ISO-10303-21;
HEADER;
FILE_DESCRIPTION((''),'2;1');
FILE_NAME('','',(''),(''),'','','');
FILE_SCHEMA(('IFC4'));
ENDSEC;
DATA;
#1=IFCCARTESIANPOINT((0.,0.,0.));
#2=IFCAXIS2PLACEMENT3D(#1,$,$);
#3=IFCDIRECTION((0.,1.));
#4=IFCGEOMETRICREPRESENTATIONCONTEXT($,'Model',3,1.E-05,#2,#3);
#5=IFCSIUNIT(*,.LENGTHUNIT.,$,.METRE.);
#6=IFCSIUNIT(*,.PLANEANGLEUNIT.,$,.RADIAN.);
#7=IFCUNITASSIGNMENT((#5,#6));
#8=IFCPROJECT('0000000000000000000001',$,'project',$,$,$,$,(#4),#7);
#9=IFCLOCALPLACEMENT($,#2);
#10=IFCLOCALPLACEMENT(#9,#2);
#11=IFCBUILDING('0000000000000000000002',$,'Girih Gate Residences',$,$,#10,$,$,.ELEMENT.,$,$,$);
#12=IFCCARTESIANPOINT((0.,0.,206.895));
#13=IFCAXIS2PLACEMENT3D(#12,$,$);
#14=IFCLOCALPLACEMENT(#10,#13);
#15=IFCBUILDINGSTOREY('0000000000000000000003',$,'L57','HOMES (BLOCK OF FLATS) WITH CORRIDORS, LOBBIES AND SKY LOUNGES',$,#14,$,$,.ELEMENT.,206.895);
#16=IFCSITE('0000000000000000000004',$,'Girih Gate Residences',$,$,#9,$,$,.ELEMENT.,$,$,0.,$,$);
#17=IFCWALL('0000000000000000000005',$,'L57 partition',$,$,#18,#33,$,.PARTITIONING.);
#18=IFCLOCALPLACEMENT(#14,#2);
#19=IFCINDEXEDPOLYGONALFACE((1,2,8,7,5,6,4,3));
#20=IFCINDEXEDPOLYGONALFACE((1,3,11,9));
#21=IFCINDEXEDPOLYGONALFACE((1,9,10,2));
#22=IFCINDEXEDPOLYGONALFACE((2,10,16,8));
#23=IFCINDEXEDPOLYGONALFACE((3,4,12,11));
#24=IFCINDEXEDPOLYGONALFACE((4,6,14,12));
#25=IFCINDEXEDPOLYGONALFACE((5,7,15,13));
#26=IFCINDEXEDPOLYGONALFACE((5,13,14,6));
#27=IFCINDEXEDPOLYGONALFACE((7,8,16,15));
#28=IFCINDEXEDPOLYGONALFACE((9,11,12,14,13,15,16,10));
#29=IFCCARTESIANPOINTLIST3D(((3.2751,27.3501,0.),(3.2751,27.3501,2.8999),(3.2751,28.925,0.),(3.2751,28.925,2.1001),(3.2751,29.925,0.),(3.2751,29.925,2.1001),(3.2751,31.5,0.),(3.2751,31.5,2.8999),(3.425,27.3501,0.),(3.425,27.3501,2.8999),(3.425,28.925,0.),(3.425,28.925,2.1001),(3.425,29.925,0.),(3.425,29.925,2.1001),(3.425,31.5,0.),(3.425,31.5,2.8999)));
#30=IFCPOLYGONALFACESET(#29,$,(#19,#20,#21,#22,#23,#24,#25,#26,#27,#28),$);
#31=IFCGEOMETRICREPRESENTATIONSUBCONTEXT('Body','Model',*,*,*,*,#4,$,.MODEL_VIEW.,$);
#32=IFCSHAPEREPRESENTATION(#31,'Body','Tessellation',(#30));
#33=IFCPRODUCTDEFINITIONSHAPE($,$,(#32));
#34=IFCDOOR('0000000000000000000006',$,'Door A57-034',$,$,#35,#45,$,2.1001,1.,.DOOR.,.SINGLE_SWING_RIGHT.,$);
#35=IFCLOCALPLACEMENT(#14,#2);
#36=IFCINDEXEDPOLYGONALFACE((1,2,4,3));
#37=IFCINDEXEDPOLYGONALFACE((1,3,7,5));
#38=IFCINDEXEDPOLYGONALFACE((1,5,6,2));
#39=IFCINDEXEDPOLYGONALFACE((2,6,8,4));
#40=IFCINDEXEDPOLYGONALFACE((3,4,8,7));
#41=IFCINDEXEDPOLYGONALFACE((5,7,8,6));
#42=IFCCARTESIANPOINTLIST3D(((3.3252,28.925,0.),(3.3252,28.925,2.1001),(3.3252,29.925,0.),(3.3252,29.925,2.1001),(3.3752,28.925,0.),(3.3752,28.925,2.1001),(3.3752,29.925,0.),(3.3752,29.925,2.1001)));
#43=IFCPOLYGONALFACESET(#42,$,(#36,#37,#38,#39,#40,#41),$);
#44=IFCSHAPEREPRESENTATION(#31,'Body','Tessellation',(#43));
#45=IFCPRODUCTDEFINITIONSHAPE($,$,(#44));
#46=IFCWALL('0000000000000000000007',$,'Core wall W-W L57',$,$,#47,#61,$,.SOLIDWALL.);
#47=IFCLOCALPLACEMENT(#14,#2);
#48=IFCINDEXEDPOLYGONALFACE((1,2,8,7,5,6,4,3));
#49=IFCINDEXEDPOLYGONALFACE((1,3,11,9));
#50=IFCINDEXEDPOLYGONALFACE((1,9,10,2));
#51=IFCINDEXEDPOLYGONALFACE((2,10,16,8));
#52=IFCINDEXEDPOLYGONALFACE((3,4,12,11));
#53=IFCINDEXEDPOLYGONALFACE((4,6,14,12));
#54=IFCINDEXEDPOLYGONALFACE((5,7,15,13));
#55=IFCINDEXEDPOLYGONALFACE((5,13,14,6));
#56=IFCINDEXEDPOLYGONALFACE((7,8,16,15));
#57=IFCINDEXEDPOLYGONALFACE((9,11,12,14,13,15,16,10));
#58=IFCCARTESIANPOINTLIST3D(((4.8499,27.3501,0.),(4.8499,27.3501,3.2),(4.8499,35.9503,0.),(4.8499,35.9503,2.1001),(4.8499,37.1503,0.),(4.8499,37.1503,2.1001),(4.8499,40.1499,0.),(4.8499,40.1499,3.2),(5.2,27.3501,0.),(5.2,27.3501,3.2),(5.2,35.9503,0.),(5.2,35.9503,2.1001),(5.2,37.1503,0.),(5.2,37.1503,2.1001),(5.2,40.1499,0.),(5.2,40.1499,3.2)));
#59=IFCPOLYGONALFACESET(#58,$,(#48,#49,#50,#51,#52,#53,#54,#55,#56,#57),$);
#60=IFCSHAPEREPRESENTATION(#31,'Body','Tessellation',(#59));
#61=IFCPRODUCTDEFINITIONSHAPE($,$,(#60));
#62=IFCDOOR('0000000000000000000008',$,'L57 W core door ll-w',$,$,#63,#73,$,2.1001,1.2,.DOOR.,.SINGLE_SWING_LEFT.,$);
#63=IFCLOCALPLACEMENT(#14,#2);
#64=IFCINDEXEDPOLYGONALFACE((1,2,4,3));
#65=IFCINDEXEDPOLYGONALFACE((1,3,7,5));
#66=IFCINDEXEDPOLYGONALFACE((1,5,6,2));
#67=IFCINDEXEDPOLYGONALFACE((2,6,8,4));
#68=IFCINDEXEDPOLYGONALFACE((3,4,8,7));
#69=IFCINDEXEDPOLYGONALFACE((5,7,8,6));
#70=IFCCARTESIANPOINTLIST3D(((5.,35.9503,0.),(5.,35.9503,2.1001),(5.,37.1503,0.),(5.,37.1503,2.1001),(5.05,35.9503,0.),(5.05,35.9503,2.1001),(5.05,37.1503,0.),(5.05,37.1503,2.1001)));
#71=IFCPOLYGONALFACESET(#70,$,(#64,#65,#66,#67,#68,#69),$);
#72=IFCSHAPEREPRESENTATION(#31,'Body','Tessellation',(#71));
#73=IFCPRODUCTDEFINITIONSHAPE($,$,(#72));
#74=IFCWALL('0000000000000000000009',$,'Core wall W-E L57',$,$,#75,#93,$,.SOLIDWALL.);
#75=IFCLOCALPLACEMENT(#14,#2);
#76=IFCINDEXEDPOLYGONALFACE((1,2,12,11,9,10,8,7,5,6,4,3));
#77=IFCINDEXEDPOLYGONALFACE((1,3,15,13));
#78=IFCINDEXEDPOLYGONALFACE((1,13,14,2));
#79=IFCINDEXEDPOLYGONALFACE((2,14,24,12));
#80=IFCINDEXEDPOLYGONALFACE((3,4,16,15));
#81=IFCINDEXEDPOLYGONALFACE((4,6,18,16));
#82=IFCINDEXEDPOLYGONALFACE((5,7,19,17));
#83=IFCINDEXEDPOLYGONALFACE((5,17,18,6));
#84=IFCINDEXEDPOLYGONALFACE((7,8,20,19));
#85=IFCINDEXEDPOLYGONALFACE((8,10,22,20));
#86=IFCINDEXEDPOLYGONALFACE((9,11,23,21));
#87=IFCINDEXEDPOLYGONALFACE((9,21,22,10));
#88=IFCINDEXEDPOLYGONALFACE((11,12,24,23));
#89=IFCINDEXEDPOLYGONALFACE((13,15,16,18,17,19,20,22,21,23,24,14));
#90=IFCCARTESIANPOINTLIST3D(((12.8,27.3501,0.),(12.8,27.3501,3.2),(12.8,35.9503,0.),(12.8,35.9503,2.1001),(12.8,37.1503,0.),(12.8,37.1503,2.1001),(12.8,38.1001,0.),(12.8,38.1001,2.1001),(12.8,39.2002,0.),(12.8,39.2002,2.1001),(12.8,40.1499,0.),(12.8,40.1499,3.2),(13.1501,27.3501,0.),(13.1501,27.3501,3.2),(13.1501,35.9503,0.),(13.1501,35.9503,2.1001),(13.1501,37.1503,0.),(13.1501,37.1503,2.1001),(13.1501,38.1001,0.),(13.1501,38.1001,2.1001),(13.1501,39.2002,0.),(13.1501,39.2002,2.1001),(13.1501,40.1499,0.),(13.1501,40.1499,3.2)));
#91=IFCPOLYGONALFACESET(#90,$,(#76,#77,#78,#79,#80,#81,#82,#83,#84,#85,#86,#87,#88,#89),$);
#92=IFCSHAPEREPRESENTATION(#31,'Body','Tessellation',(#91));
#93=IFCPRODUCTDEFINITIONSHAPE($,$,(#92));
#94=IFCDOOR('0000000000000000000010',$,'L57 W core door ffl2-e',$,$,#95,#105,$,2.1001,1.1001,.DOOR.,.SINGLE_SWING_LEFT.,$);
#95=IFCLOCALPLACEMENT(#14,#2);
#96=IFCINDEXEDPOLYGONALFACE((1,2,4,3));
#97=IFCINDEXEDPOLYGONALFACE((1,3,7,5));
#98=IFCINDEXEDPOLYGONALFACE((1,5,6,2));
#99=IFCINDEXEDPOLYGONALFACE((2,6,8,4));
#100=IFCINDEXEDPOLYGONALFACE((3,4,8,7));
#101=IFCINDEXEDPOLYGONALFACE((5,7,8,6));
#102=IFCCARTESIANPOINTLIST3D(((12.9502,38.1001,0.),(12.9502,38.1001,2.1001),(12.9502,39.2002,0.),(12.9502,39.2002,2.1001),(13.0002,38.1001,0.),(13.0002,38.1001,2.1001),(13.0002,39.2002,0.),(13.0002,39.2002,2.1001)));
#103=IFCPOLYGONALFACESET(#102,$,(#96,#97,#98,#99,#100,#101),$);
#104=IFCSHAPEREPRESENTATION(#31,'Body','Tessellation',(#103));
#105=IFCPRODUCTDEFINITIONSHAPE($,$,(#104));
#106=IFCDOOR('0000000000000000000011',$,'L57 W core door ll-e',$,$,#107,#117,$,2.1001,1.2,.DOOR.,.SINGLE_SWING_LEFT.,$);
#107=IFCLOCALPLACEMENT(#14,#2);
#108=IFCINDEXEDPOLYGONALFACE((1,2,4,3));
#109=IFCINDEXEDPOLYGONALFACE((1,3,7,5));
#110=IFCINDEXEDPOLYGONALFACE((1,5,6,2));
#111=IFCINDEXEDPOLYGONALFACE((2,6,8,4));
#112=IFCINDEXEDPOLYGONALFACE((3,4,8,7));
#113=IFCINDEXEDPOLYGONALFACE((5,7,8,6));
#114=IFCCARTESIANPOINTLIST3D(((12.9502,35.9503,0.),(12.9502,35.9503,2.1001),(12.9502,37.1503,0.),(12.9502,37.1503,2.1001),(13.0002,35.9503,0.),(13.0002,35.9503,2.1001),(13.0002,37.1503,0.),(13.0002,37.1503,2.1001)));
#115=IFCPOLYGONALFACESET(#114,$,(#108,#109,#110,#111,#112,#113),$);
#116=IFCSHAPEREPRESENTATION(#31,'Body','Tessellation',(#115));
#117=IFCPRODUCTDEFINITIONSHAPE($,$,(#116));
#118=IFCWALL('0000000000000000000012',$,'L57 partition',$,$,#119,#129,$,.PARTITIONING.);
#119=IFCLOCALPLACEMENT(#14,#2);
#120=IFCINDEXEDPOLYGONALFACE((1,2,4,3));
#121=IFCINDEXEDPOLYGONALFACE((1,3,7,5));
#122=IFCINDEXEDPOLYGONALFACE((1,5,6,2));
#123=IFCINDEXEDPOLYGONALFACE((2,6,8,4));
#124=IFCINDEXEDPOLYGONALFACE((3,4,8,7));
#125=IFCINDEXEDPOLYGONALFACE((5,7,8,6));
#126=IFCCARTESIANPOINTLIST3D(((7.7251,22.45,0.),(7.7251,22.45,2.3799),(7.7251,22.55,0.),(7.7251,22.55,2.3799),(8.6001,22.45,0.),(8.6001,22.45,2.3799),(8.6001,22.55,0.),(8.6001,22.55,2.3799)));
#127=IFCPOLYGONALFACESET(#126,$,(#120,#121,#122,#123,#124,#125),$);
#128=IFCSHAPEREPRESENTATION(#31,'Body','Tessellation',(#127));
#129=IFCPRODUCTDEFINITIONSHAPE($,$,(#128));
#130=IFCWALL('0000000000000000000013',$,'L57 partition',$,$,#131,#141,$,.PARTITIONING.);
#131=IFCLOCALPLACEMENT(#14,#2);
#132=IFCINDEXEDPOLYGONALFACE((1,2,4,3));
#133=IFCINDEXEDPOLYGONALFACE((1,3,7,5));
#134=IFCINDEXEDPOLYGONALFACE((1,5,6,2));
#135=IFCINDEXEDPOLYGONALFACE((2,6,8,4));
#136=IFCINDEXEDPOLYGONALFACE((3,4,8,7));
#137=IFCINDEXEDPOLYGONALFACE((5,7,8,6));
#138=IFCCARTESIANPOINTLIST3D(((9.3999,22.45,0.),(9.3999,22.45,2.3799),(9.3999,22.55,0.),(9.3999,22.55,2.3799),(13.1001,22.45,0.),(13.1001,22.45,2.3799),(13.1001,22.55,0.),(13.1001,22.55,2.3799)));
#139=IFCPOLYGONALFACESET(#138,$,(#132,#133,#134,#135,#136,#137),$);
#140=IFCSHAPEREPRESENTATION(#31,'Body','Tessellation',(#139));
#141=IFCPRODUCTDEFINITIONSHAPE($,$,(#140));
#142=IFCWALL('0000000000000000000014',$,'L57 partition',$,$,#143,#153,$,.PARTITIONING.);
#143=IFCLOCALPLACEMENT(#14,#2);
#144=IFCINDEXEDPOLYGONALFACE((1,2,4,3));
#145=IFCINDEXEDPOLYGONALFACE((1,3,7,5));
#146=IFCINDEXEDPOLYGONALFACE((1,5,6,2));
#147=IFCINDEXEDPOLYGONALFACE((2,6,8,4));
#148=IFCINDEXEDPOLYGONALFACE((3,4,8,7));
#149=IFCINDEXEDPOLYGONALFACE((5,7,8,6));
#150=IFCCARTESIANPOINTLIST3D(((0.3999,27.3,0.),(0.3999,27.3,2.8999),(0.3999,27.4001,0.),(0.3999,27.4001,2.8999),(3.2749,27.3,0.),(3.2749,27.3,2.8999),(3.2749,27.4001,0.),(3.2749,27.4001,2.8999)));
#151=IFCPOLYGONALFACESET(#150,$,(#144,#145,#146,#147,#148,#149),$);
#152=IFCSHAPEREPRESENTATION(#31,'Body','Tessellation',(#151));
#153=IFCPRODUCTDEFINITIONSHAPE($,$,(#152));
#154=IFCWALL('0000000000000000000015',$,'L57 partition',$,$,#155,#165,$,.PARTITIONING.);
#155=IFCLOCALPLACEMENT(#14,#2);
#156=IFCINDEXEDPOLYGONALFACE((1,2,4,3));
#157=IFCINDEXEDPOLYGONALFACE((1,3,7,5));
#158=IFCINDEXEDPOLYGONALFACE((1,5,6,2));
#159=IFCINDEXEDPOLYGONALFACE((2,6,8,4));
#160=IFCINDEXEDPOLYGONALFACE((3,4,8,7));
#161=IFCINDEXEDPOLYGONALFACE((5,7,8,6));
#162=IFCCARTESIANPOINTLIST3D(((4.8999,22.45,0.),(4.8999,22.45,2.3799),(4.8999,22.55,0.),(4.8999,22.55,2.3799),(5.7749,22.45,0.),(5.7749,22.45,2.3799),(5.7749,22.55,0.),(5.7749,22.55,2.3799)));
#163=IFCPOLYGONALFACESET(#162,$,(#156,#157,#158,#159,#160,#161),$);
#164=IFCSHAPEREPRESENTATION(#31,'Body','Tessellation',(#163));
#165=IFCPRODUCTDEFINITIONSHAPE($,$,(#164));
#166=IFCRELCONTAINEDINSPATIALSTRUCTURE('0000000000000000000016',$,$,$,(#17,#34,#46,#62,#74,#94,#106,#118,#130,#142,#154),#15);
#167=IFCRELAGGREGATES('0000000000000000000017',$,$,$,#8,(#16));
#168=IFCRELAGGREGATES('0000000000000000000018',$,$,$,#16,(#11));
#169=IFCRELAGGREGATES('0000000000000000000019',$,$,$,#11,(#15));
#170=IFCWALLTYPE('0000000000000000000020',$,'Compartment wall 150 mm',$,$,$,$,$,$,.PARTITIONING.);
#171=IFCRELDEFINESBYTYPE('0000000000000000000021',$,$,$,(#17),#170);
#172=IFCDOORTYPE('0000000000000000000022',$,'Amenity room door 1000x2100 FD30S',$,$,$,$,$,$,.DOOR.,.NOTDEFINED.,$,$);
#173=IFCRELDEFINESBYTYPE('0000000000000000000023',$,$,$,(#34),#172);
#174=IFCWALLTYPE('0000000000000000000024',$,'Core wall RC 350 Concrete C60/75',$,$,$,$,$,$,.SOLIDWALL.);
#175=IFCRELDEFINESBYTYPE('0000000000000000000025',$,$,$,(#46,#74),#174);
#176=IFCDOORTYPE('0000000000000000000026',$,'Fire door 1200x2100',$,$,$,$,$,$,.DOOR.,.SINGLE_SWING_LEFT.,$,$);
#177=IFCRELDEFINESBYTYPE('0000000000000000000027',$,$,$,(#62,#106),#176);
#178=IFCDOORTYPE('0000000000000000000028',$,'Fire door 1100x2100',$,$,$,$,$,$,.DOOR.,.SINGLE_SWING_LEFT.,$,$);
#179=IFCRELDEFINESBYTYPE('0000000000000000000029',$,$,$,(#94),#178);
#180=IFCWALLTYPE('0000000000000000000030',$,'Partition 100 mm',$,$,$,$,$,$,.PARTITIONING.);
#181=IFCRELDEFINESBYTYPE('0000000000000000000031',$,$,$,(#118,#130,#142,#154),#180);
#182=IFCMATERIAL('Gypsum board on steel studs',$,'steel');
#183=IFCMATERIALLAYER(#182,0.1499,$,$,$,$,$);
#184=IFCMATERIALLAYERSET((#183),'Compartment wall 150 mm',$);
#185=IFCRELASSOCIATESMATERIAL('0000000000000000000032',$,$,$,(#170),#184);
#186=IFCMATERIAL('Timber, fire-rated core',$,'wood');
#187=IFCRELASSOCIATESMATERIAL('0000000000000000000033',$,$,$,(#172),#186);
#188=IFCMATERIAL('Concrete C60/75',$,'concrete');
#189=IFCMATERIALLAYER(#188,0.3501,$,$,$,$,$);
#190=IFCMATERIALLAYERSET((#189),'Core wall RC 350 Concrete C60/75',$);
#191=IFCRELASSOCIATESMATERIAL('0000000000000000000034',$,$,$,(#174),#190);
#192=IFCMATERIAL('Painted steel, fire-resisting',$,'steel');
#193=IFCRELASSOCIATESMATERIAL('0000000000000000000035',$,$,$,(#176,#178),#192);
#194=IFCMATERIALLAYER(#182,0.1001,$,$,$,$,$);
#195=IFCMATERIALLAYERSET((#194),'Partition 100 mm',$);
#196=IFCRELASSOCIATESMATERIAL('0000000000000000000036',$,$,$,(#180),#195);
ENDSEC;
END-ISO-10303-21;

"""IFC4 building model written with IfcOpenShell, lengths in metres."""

from ifc_helpers import new_model, si_unit, direction, frame, frame_2d, origin, place, context, subcontext, project, spatial, rectangle, extrude, material, layer, layer_set, type_object, element, fill, save


model = new_model("IFC4")

# Units and contexts
model_context = context("Model", 3, precision=1e-05, world=origin(), true_north=direction((0.0, 1.0)))
body_context = subcontext(model_context, "Body", "Model", "MODEL_VIEW")
ifc_project = project(units=[si_unit("LENGTHUNIT", "METRE"), si_unit("PLANEANGLEUNIT", "RADIAN")], contexts=[model_context])

# Site, building, storey
site_placement = place(None, origin())
site = spatial("IfcSite", under=ifc_project, at=site_placement, Name="Girih Gate Residences", CompositionType="ELEMENT", RefElevation=0.0)
building_placement = place(site_placement, origin())
building = spatial("IfcBuilding", under=site, at=building_placement, Name="Girih Gate Residences", CompositionType="ELEMENT")
storey_placement = place(building_placement, frame((0.0, 0.0, 206.895)))
storey = spatial("IfcBuildingStorey", under=building, at=storey_placement, Name="L57", Description="HOMES (BLOCK OF FLATS) WITH CORRIDORS, LOBBIES AND SKY LOUNGES", CompositionType="ELEMENT", Elevation=206.895)

# Shared definitions
ifc_material_1 = material(Name="Concrete C60/75", Category="concrete")

# Shared definitions
ifc_material_2 = material(Name="Gypsum board on steel studs", Category="steel")
ifc_layer_1 = layer(ifc_material_2, 0.1499)
ifc_layer_set_1 = layer_set([ifc_layer_1], Name="Compartment wall 150 mm")
wall_type_1 = type_object("IfcWallType", Name="Compartment wall 150 mm", PredefinedType="PARTITIONING", material=ifc_layer_set_1)
ifc_material_3 = material(Name="Timber, fire-rated core", Category="wood")
door_type_1 = type_object("IfcDoorType", Name="Amenity room door 1000x2100 FD30S", OperationType="NOTDEFINED", PredefinedType="DOOR", material=ifc_material_3)

# Walls, openings, doors
wall_1_placement = place(storey_placement, frame((3.3501, 27.3501, 0.0), z_axis=(0.0, 0.0, 1.0), x_axis=(0.0, 1.0, 0.0)))
wall_1 = element("IfcWall", 1, at=wall_1_placement, inside=storey, type_object=wall_type_1, Name="L57 partition", PredefinedType="PARTITIONING", context=body_context, shape_type="SweptSolid", body=[
    extrude(rectangle(XDim=4.1499, YDim=0.1499, at=frame_2d((2.075, 0.0))), origin(), (0.0, 0.0, 1.0), 2.8999),
])
opening_1_placement = place(wall_1_placement, frame((1.575, 0.0, 0.0)))
opening_1 = element("IfcOpeningElement", 2, at=opening_1_placement, cuts=wall_1, PredefinedType="OPENING", context=body_context, shape_type="SweptSolid", body=[
    extrude(rectangle(XDim=1.0, YDim=2.1001, at=frame_2d((0.5, 1.05))), frame((0.0, 0.085, 0.0), z_axis=(0.0, -1.0, 0.0), x_axis=(1.0, 0.0, 0.0)), (0.0, 0.0, 1.0), 0.1699),
])
door_1_placement = place(opening_1_placement, origin())
door_1 = element("IfcDoor", 3, at=door_1_placement, inside=storey, type_object=door_type_1, Name="Door A57-034", OperationType="SINGLE_SWING_RIGHT", OverallHeight=2.1001, OverallWidth=1.0, PredefinedType="DOOR", context=body_context, shape_type="SweptSolid", body=[
    extrude(rectangle(XDim=1.0, YDim=2.1001, at=frame_2d((0.5, 1.05))), frame((0.0, 0.0249, 0.0), z_axis=(0.0, -1.0, 0.0), x_axis=(1.0, 0.0, 0.0)), (0.0, 0.0, 1.0), 0.05),
])
fill(opening_1, door_1)
ifc_layer_2 = layer(ifc_material_1, 0.3501)
ifc_layer_set_2 = layer_set([ifc_layer_2], Name="Core wall RC 350 Concrete C60/75")
wall_type_2 = type_object("IfcWallType", Name="Core wall RC 350 Concrete C60/75", PredefinedType="SOLIDWALL", material=ifc_layer_set_2)
wall_2_placement = place(storey_placement, frame((5.0249, 27.3501, 0.0), z_axis=(0.0, 0.0, 1.0), x_axis=(0.0, 1.0, 0.0)))
wall_2 = element("IfcWall", 4, at=wall_2_placement, inside=storey, type_object=wall_type_2, Name="Core wall W-W L57", PredefinedType="SOLIDWALL", context=body_context, shape_type="SweptSolid", body=[
    extrude(rectangle(XDim=12.7998, YDim=0.3501, at=frame_2d((6.3999, 0.0))), origin(), (0.0, 0.0, 1.0), 3.2),
])
opening_2_placement = place(wall_2_placement, frame((8.6001, 0.0, 0.0)))
opening_2 = element("IfcOpeningElement", 5, at=opening_2_placement, cuts=wall_2, PredefinedType="OPENING", context=body_context, shape_type="SweptSolid", body=[
    extrude(rectangle(XDim=1.2, YDim=2.1001, at=frame_2d((0.6001, 1.05))), frame((0.0, 0.1851, 0.0), z_axis=(0.0, -1.0, 0.0), x_axis=(1.0, 0.0, 0.0)), (0.0, 0.0, 1.0), 0.3701),
])
ifc_material_4 = material(Name="Painted steel, fire-resisting", Category="steel")
door_type_2 = type_object("IfcDoorType", Name="Fire door 1200x2100", OperationType="SINGLE_SWING_LEFT", PredefinedType="DOOR", material=ifc_material_4)
door_2_placement = place(opening_2_placement, origin())
door_2 = element("IfcDoor", 6, at=door_2_placement, inside=storey, type_object=door_type_2, Name="L57 W core door ll-w", OperationType="SINGLE_SWING_LEFT", OverallHeight=2.1001, OverallWidth=1.2, PredefinedType="DOOR", context=body_context, shape_type="SweptSolid", body=[
    extrude(rectangle(XDim=1.2, YDim=2.1001, at=frame_2d((0.6001, 1.05))), frame((0.0, 0.0249, 0.0), z_axis=(0.0, -1.0, 0.0), x_axis=(1.0, 0.0, 0.0)), (0.0, 0.0, 1.0), 0.05),
])
fill(opening_2, door_2)

# Wall, openings, doors
wall_3_placement = place(storey_placement, frame((12.9751, 27.3501, 0.0), z_axis=(0.0, 0.0, 1.0), x_axis=(0.0, 1.0, 0.0)))
wall_3 = element("IfcWall", 7, at=wall_3_placement, inside=storey, type_object=wall_type_2, Name="Core wall W-E L57", PredefinedType="SOLIDWALL", context=body_context, shape_type="SweptSolid", body=[
    extrude(rectangle(XDim=12.7998, YDim=0.3501, at=frame_2d((6.3999, 0.0))), origin(), (0.0, 0.0, 1.0), 3.2),
])
opening_3_placement = place(wall_3_placement, frame((10.75, 0.0, 0.0)))
opening_3 = element("IfcOpeningElement", 8, at=opening_3_placement, cuts=wall_3, PredefinedType="OPENING", context=body_context, shape_type="SweptSolid", body=[
    extrude(rectangle(XDim=1.1001, YDim=2.1001, at=frame_2d((0.55, 1.05))), frame((0.0, 0.1851, 0.0), z_axis=(0.0, -1.0, 0.0), x_axis=(1.0, 0.0, 0.0)), (0.0, 0.0, 1.0), 0.3701),
])
opening_4_placement = place(wall_3_placement, frame((8.6001, 0.0, 0.0)))
opening_4 = element("IfcOpeningElement", 9, at=opening_4_placement, cuts=wall_3, PredefinedType="OPENING", context=body_context, shape_type="SweptSolid", body=[
    extrude(rectangle(XDim=1.2, YDim=2.1001, at=frame_2d((0.6001, 1.05))), frame((0.0, 0.1851, 0.0), z_axis=(0.0, -1.0, 0.0), x_axis=(1.0, 0.0, 0.0)), (0.0, 0.0, 1.0), 0.3701),
])
door_type_3 = type_object("IfcDoorType", Name="Fire door 1100x2100", OperationType="SINGLE_SWING_LEFT", PredefinedType="DOOR", material=ifc_material_4)
door_3_placement = place(opening_3_placement, origin())
door_3 = element("IfcDoor", 10, at=door_3_placement, inside=storey, type_object=door_type_3, Name="L57 W core door ffl2-e", OperationType="SINGLE_SWING_LEFT", OverallHeight=2.1001, OverallWidth=1.1001, PredefinedType="DOOR", context=body_context, shape_type="SweptSolid", body=[
    extrude(rectangle(XDim=1.1001, YDim=2.1001, at=frame_2d((0.55, 1.05))), frame((0.0, 0.0249, 0.0), z_axis=(0.0, -1.0, 0.0), x_axis=(1.0, 0.0, 0.0)), (0.0, 0.0, 1.0), 0.05),
])
fill(opening_3, door_3)
door_4_placement = place(opening_4_placement, origin())
door_4 = element("IfcDoor", 11, at=door_4_placement, inside=storey, type_object=door_type_2, Name="L57 W core door ll-e", OperationType="SINGLE_SWING_LEFT", OverallHeight=2.1001, OverallWidth=1.2, PredefinedType="DOOR", context=body_context, shape_type="SweptSolid", body=[
    extrude(rectangle(XDim=1.2, YDim=2.1001, at=frame_2d((0.6001, 1.05))), frame((0.0, 0.0249, 0.0), z_axis=(0.0, -1.0, 0.0), x_axis=(1.0, 0.0, 0.0)), (0.0, 0.0, 1.0), 0.05),
])
fill(opening_4, door_4)

# Walls
ifc_layer_3 = layer(ifc_material_2, 0.1001)
ifc_layer_set_3 = layer_set([ifc_layer_3], Name="Partition 100 mm")
wall_type_3 = type_object("IfcWallType", Name="Partition 100 mm", PredefinedType="PARTITIONING", material=ifc_layer_set_3)
wall_4_placement = place(storey_placement, frame((7.7251, 22.5, 0.0), z_axis=(0.0, 0.0, 1.0), x_axis=(1.0, 0.0, 0.0)))
element("IfcWall", 12, at=wall_4_placement, inside=storey, type_object=wall_type_3, Name="L57 partition", PredefinedType="PARTITIONING", context=body_context, shape_type="SweptSolid", body=[
    extrude(rectangle(XDim=0.875, YDim=0.1001, at=frame_2d((0.4375, 0.0))), origin(), (0.0, 0.0, 1.0), 2.3799),
])
wall_5_placement = place(storey_placement, frame((9.3999, 22.5, 0.0), z_axis=(0.0, 0.0, 1.0), x_axis=(1.0, 0.0, 0.0)))
element("IfcWall", 13, at=wall_5_placement, inside=storey, type_object=wall_type_3, Name="L57 partition", PredefinedType="PARTITIONING", context=body_context, shape_type="SweptSolid", body=[
    extrude(rectangle(XDim=3.7002, YDim=0.1001, at=frame_2d((1.8501, 0.0))), origin(), (0.0, 0.0, 1.0), 2.3799),
])
wall_6_placement = place(storey_placement, frame((0.3999, 27.3501, 0.0), z_axis=(0.0, 0.0, 1.0), x_axis=(1.0, 0.0, 0.0)))
element("IfcWall", 14, at=wall_6_placement, inside=storey, type_object=wall_type_3, Name="L57 partition", PredefinedType="PARTITIONING", context=body_context, shape_type="SweptSolid", body=[
    extrude(rectangle(XDim=2.875, YDim=0.1001, at=frame_2d((1.4375, 0.0))), origin(), (0.0, 0.0, 1.0), 2.8999),
])
wall_7_placement = place(storey_placement, frame((4.8999, 22.5, 0.0), z_axis=(0.0, 0.0, 1.0), x_axis=(1.0, 0.0, 0.0)))
element("IfcWall", 15, at=wall_7_placement, inside=storey, type_object=wall_type_3, Name="L57 partition", PredefinedType="PARTITIONING", context=body_context, shape_type="SweptSolid", body=[
    extrude(rectangle(XDim=0.875, YDim=0.1001, at=frame_2d((0.4375, 0.0))), origin(), (0.0, 0.0, 1.0), 2.3799),
])

save(model, "model.ifc")
